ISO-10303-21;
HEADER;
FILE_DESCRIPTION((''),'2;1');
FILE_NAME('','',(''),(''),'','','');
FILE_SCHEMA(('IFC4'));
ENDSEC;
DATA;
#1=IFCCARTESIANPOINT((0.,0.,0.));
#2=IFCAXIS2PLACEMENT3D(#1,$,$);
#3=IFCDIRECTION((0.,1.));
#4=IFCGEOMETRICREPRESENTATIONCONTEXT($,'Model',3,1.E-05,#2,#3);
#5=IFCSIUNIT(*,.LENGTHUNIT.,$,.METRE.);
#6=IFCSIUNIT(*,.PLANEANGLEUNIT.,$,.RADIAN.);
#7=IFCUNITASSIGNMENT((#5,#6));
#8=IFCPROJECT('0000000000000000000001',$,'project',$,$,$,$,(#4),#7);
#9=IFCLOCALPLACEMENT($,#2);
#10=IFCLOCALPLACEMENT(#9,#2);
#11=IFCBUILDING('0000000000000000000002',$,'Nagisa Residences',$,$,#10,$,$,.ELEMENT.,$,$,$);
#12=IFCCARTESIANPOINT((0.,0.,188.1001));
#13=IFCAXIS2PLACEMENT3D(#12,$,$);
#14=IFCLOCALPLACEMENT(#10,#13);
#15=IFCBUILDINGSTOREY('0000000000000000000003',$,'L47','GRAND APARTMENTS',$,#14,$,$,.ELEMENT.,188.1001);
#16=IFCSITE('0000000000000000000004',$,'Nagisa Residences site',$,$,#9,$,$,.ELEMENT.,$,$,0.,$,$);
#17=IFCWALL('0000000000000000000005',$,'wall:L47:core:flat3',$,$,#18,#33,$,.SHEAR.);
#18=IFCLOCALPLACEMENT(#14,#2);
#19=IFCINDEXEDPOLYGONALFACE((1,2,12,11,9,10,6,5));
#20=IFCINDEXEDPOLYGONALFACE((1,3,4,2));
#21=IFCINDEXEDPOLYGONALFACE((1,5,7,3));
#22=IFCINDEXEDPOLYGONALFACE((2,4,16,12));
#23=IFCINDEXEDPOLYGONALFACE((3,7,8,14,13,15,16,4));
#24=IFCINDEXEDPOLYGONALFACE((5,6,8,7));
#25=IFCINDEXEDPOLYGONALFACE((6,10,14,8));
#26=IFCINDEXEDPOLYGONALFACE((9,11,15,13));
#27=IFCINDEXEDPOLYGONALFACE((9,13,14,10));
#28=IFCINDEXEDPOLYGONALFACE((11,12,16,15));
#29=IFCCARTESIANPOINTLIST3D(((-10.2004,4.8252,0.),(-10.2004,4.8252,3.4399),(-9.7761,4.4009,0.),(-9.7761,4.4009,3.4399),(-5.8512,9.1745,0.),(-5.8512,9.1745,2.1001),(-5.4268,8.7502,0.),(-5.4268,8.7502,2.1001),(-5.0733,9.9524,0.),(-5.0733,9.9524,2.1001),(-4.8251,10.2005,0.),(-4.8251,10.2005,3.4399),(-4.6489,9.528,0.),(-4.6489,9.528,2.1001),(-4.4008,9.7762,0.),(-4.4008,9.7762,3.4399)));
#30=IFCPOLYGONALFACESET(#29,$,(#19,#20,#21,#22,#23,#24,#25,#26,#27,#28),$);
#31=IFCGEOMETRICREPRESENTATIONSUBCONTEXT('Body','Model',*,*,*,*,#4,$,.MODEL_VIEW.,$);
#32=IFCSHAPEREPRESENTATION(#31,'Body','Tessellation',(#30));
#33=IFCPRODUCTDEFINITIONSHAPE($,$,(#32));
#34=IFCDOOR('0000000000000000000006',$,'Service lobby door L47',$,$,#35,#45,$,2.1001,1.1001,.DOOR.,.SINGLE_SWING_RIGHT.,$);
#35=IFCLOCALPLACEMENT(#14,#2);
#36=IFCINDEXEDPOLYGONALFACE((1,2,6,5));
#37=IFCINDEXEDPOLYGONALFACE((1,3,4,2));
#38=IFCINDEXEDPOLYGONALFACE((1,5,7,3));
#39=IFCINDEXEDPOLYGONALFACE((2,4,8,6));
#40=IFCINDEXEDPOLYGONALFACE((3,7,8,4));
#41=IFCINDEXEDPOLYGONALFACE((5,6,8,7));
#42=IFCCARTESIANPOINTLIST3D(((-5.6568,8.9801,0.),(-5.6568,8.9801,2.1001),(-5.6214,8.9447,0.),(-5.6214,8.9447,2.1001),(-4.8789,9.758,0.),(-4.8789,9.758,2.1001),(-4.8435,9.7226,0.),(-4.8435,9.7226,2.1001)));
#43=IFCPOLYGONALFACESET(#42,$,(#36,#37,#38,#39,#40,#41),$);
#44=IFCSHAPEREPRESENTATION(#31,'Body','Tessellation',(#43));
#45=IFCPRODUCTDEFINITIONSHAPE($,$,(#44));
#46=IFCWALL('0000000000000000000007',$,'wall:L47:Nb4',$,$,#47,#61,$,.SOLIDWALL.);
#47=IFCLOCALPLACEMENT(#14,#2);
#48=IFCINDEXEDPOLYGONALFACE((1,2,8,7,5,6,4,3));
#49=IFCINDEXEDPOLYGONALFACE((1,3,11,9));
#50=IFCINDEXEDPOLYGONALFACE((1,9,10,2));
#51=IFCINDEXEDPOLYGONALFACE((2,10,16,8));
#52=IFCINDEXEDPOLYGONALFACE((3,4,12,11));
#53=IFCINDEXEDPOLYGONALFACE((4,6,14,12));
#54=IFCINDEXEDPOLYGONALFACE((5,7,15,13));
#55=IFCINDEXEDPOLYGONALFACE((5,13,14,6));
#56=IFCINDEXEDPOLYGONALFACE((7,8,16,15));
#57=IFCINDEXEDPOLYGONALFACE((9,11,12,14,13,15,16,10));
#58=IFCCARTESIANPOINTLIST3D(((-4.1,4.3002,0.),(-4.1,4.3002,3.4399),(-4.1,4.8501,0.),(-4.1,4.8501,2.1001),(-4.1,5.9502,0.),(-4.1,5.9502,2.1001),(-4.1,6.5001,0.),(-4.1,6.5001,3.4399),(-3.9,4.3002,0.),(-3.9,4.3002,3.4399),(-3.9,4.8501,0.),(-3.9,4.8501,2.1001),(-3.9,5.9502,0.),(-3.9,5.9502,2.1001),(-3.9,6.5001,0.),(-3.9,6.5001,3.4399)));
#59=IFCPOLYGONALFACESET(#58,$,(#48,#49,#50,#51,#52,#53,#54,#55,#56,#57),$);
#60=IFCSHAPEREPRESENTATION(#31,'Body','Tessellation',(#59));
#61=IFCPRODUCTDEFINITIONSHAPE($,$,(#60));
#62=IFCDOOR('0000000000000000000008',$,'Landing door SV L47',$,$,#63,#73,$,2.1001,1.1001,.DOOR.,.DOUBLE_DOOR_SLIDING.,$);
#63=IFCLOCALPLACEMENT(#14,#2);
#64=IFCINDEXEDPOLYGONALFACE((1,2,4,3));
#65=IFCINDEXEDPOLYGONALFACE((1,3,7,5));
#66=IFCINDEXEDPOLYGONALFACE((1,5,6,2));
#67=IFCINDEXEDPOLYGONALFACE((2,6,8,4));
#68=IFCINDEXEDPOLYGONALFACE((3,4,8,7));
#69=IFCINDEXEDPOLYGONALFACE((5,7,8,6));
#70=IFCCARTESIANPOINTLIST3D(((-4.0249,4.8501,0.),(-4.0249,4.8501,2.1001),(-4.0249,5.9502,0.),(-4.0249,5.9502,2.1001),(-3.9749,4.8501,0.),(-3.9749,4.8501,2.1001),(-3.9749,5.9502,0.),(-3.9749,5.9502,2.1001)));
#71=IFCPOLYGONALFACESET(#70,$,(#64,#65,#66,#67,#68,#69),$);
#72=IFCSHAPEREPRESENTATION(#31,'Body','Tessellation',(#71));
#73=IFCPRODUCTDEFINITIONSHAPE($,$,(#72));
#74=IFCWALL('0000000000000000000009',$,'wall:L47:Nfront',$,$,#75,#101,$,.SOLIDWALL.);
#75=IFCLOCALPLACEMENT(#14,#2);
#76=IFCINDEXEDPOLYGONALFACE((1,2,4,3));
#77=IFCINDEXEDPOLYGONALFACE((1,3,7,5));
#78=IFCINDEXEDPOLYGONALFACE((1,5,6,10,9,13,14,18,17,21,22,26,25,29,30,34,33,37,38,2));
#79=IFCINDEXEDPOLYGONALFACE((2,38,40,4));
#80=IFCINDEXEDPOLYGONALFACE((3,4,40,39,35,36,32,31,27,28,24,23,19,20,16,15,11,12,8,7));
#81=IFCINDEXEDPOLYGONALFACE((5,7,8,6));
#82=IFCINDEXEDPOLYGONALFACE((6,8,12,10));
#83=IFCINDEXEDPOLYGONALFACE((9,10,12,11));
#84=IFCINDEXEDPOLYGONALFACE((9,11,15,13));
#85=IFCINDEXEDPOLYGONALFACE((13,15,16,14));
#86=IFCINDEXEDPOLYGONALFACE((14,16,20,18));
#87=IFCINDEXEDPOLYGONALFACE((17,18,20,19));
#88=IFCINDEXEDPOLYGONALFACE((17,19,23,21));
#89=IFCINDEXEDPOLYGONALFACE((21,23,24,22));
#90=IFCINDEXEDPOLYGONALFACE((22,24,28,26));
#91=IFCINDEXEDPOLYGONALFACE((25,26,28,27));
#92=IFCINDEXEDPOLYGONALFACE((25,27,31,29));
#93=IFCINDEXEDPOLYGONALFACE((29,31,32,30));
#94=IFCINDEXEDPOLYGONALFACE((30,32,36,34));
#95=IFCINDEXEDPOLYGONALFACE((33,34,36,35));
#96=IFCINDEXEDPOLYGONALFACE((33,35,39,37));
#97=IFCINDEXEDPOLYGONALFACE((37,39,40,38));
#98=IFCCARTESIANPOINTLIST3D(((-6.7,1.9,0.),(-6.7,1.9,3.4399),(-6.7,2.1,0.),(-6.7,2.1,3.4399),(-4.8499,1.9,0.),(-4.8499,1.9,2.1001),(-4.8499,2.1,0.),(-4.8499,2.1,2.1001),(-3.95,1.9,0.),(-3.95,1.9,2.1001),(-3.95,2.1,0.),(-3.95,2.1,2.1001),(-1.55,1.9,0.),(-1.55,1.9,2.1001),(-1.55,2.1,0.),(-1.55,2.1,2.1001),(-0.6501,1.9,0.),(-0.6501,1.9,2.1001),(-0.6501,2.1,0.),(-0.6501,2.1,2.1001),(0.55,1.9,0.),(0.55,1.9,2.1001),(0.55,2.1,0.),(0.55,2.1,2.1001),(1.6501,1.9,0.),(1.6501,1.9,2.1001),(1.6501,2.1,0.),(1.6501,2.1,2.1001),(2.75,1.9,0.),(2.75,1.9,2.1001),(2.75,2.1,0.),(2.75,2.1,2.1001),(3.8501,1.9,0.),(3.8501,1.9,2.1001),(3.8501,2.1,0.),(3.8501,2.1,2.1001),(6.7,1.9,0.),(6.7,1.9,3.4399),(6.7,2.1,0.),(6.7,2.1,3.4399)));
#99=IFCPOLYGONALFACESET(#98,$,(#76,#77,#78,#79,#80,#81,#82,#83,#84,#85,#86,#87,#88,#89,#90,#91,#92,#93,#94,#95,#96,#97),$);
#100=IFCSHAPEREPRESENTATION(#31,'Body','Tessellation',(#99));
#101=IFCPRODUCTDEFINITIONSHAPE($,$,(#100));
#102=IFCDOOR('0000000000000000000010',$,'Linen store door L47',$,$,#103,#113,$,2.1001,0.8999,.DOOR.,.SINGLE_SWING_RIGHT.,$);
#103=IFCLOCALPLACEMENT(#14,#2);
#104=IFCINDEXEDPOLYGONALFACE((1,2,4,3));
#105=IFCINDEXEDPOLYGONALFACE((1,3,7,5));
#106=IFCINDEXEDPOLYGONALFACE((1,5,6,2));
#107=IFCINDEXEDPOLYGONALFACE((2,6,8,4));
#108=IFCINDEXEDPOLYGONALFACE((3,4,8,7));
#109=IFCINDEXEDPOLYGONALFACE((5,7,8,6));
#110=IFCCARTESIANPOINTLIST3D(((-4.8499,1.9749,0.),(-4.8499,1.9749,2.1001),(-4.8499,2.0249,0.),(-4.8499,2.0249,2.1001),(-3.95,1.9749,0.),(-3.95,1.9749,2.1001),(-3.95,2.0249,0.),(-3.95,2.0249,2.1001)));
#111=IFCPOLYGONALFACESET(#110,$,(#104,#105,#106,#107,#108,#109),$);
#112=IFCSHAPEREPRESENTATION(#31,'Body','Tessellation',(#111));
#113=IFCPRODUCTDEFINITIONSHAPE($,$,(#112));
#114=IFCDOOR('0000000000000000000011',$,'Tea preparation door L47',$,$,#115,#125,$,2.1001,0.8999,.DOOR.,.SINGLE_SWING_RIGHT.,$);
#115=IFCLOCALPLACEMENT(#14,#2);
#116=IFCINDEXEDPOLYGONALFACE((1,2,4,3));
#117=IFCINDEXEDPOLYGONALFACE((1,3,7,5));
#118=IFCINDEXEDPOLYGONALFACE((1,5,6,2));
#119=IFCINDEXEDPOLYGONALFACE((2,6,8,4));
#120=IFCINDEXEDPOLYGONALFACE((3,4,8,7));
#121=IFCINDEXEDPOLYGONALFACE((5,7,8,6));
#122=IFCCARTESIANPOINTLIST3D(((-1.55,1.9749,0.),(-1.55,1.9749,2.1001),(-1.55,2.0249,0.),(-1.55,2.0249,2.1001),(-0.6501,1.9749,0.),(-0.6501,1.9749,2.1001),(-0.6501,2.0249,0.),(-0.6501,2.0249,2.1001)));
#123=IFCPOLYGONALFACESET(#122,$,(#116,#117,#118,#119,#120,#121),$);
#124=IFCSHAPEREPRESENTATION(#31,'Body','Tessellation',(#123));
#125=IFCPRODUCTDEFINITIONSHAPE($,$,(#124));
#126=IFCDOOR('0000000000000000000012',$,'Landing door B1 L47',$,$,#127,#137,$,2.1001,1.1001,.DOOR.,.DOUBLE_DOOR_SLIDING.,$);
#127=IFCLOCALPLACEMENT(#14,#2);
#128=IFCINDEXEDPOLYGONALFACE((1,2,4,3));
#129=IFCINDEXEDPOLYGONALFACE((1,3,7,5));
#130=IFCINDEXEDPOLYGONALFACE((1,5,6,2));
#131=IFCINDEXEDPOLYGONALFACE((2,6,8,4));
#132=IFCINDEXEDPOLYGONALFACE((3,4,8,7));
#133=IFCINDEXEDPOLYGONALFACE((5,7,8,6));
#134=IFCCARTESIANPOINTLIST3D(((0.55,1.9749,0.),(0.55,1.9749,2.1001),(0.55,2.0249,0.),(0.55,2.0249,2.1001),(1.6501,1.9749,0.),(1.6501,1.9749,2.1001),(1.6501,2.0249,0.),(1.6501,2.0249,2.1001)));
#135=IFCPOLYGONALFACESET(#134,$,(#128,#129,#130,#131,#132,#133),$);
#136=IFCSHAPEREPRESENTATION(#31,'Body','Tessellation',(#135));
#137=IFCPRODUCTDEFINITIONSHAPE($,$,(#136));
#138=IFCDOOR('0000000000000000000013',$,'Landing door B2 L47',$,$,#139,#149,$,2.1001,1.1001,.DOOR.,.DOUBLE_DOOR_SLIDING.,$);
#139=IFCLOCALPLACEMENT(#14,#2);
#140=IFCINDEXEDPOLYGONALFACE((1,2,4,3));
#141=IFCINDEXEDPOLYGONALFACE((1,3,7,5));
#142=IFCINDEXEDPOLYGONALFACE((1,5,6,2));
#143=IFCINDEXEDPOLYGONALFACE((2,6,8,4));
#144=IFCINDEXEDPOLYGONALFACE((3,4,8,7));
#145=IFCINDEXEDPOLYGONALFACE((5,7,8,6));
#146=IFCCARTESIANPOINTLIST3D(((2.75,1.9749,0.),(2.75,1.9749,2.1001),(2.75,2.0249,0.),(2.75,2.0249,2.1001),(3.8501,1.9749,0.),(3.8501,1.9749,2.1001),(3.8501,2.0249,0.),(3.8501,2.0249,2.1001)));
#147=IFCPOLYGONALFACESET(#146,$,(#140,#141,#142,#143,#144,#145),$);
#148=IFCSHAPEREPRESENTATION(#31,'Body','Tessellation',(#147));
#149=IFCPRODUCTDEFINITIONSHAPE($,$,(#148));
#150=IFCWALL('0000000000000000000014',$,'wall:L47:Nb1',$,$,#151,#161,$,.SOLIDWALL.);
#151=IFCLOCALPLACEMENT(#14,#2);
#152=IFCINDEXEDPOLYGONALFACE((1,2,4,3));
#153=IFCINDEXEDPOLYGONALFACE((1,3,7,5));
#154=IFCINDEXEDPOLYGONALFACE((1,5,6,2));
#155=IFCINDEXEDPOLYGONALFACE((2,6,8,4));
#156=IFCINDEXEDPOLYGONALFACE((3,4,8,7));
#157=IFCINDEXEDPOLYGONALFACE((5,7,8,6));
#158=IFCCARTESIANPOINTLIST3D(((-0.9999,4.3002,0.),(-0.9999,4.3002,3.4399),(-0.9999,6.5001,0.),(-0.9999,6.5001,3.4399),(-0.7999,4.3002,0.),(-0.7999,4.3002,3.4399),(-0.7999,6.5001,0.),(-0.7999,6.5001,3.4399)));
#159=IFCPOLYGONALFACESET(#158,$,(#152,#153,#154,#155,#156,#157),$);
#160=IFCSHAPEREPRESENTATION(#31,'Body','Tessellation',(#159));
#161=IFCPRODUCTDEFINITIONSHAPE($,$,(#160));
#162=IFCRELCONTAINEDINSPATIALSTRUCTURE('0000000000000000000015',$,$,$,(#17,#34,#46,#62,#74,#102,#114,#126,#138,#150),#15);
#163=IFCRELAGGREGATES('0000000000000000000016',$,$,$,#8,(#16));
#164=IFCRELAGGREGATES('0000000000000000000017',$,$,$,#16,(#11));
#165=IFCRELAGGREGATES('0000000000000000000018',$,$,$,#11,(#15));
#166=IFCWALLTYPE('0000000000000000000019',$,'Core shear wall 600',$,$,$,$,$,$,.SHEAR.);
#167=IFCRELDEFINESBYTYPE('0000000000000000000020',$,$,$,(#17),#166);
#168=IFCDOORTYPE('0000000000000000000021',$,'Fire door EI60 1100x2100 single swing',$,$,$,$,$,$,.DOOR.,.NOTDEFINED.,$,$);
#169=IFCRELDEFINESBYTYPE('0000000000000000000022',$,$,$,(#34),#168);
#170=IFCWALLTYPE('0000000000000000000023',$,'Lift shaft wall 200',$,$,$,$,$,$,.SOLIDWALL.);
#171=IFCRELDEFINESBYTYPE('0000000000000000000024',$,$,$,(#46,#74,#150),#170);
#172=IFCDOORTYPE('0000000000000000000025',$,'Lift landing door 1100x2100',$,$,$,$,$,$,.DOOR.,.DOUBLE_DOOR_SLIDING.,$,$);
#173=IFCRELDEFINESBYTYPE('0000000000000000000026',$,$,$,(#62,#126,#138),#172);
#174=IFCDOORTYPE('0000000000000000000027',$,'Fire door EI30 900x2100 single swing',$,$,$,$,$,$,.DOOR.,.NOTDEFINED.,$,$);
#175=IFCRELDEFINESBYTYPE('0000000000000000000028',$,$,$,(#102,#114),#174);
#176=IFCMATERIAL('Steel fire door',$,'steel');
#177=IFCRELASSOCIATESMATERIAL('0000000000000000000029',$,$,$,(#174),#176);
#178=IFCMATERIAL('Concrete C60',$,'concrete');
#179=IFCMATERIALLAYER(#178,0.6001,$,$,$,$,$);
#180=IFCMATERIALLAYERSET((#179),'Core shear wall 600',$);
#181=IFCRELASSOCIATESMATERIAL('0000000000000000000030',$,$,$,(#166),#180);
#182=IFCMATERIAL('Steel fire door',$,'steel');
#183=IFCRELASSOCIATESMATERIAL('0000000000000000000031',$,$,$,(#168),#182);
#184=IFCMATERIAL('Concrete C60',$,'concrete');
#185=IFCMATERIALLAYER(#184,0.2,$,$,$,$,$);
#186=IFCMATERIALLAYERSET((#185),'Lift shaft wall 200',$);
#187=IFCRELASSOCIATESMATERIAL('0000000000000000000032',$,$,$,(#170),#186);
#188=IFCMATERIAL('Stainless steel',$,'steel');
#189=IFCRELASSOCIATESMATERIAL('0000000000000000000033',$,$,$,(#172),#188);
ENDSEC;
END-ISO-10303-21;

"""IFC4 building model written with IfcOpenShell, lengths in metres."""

from ifc_helpers import new_model, si_unit, direction, frame, frame_2d, origin, place, context, subcontext, project, spatial, rectangle, extrude, material, layer, layer_set, type_object, element, fill, save


model = new_model("IFC4")

# Units and contexts
model_context = context("Model", 3, precision=1e-05, world=origin(), true_north=direction((0.0, 1.0)))
body_context = subcontext(model_context, "Body", "Model", "MODEL_VIEW")
ifc_project = project(units=[si_unit("LENGTHUNIT", "METRE"), si_unit("PLANEANGLEUNIT", "RADIAN")], contexts=[model_context])

# Site, building, storey
site_placement = place(None, origin())
site = spatial("IfcSite", under=ifc_project, at=site_placement, Name="Nagisa Residences site", CompositionType="ELEMENT", RefElevation=0.0)
building_placement = place(site_placement, origin())
building = spatial("IfcBuilding", under=site, at=building_placement, Name="Nagisa Residences", CompositionType="ELEMENT")
storey_placement = place(building_placement, frame((0.0, 0.0, 188.1001)))
storey = spatial("IfcBuildingStorey", under=building, at=storey_placement, Name="L47", Description="GRAND APARTMENTS", CompositionType="ELEMENT", Elevation=188.1001)

# Shared definitions
ifc_material_1 = material(Name="Steel fire door", Category="steel")
door_type_1 = type_object("IfcDoorType", Name="Fire door EI30 900x2100 single swing", OperationType="NOTDEFINED", PredefinedType="DOOR", material=ifc_material_1)

# Walls, openings, doors
ifc_material_2 = material(Name="Concrete C60", Category="concrete")
ifc_layer_1 = layer(ifc_material_2, 0.6001)
ifc_layer_set_1 = layer_set([ifc_layer_1], Name="Core shear wall 600")
wall_type_1 = type_object("IfcWallType", Name="Core shear wall 600", PredefinedType="SHEAR", material=ifc_layer_set_1)
wall_1_placement = place(storey_placement, frame((-4.613, 9.9883, 0.0), z_axis=(0.0, 0.0, 1.0), x_axis=(-0.707107, -0.707107, 0.0)))
wall_1 = element("IfcWall", 1, at=wall_1_placement, inside=storey, type_object=wall_type_1, Name="wall:L47:core:flat3", PredefinedType="SHEAR", context=body_context, shape_type="SweptSolid", body=[
    extrude(rectangle(XDim=7.6018, YDim=0.6001, at=frame_2d((3.8008, 0.0))), origin(), (0.0, 0.0, 1.0), 3.4399),
])
opening_1_placement = place(wall_1_placement, frame((0.3508, 0.0, 0.0)))
opening_1 = element("IfcOpeningElement", 2, at=opening_1_placement, cuts=wall_1, PredefinedType="OPENING", context=body_context, shape_type="SweptSolid", body=[
    extrude(rectangle(XDim=1.1001, YDim=2.1001, at=frame_2d((0.55, 1.05))), frame((0.0, 0.3101, 0.0), z_axis=(0.0, -1.0, 0.0), x_axis=(1.0, 0.0, 0.0)), (0.0, 0.0, 1.0), 0.6201),
])
ifc_material_3 = material(Name="Steel fire door", Category="steel")
door_type_2 = type_object("IfcDoorType", Name="Fire door EI60 1100x2100 single swing", OperationType="NOTDEFINED", PredefinedType="DOOR", material=ifc_material_3)
door_1_placement = place(opening_1_placement, origin())
door_1 = element("IfcDoor", 3, at=door_1_placement, inside=storey, type_object=door_type_2, Name="Service lobby door L47", OperationType="SINGLE_SWING_RIGHT", OverallHeight=2.1001, OverallWidth=1.1001, PredefinedType="DOOR", context=body_context, shape_type="SweptSolid", body=[
    extrude(rectangle(XDim=1.1001, YDim=2.1001, at=frame_2d((0.55, 1.05))), frame((0.0, 0.0249, 0.0), z_axis=(0.0, -1.0, 0.0), x_axis=(1.0, 0.0, 0.0)), (0.0, 0.0, 1.0), 0.05),
])
fill(opening_1, door_1)
ifc_material_4 = material(Name="Concrete C60", Category="concrete")
ifc_layer_2 = layer(ifc_material_4, 0.2)
ifc_layer_set_2 = layer_set([ifc_layer_2], Name="Lift shaft wall 200")
wall_type_2 = type_object("IfcWallType", Name="Lift shaft wall 200", PredefinedType="SOLIDWALL", material=ifc_layer_set_2)
wall_2_placement = place(storey_placement, frame((-4.0, 4.3, 0.0), z_axis=(0.0, 0.0, 1.0), x_axis=(0.0, 1.0, 0.0)))
wall_2 = element("IfcWall", 4, at=wall_2_placement, inside=storey, type_object=wall_type_2, Name="wall:L47:Nb4", PredefinedType="SOLIDWALL", context=body_context, shape_type="SweptSolid", body=[
    extrude(rectangle(XDim=2.2, YDim=0.2, at=frame_2d((1.1001, 0.0))), origin(), (0.0, 0.0, 1.0), 3.4399),
])
opening_2_placement = place(wall_2_placement, frame((0.55, 0.0, 0.0)))
opening_2 = element("IfcOpeningElement", 5, at=opening_2_placement, cuts=wall_2, PredefinedType="OPENING", context=body_context, shape_type="SweptSolid", body=[
    extrude(rectangle(XDim=1.1001, YDim=2.1001, at=frame_2d((0.55, 1.05))), frame((0.0, 0.1099, 0.0), z_axis=(0.0, -1.0, 0.0), x_axis=(1.0, 0.0, 0.0)), (0.0, 0.0, 1.0), 0.22),
])
ifc_material_5 = material(Name="Stainless steel", Category="steel")
door_type_3 = type_object("IfcDoorType", Name="Lift landing door 1100x2100", OperationType="DOUBLE_DOOR_SLIDING", PredefinedType="DOOR", material=ifc_material_5)
door_2_placement = place(opening_2_placement, origin())
door_2 = element("IfcDoor", 6, at=door_2_placement, inside=storey, type_object=door_type_3, Name="Landing door SV L47", OperationType="DOUBLE_DOOR_SLIDING", OverallHeight=2.1001, OverallWidth=1.1001, PredefinedType="DOOR", context=body_context, shape_type="SweptSolid", body=[
    extrude(rectangle(XDim=1.1001, YDim=2.1001, at=frame_2d((0.55, 1.05))), frame((0.0, 0.0249, 0.0), z_axis=(0.0, -1.0, 0.0), x_axis=(1.0, 0.0, 0.0)), (0.0, 0.0, 1.0), 0.05),
])
fill(opening_2, door_2)

# Wall, openings, doors
wall_3_placement = place(storey_placement, frame((-6.7, 2.0, 0.0), z_axis=(0.0, 0.0, 1.0), x_axis=(1.0, 0.0, 0.0)))
wall_3 = element("IfcWall", 7, at=wall_3_placement, inside=storey, type_object=wall_type_2, Name="wall:L47:Nfront", PredefinedType="SOLIDWALL", context=body_context, shape_type="SweptSolid", body=[
    extrude(rectangle(XDim=13.3999, YDim=0.2, at=frame_2d((6.7, 0.0))), origin(), (0.0, 0.0, 1.0), 3.4399),
])
opening_3_placement = place(wall_3_placement, frame((7.25, 0.0, 0.0)))
opening_3 = element("IfcOpeningElement", 8, at=opening_3_placement, cuts=wall_3, PredefinedType="OPENING", context=body_context, shape_type="SweptSolid", body=[
    extrude(rectangle(XDim=1.1001, YDim=2.1001, at=frame_2d((0.55, 1.05))), frame((0.0, 0.1099, 0.0), z_axis=(0.0, -1.0, 0.0), x_axis=(1.0, 0.0, 0.0)), (0.0, 0.0, 1.0), 0.22),
])
opening_4_placement = place(wall_3_placement, frame((9.45, 0.0, 0.0)))
opening_4 = element("IfcOpeningElement", 9, at=opening_4_placement, cuts=wall_3, PredefinedType="OPENING", context=body_context, shape_type="SweptSolid", body=[
    extrude(rectangle(XDim=1.1001, YDim=2.1001, at=frame_2d((0.55, 1.05))), frame((0.0, 0.1099, 0.0), z_axis=(0.0, -1.0, 0.0), x_axis=(1.0, 0.0, 0.0)), (0.0, 0.0, 1.0), 0.22),
])
opening_5_placement = place(wall_3_placement, frame((1.8501, 0.0, 0.0)))
opening_5 = element("IfcOpeningElement", 10, at=opening_5_placement, cuts=wall_3, PredefinedType="OPENING", context=body_context, shape_type="SweptSolid", body=[
    extrude(rectangle(XDim=0.8999, YDim=2.1001, at=frame_2d((0.45, 1.05))), frame((0.0, 0.1099, 0.0), z_axis=(0.0, -1.0, 0.0), x_axis=(1.0, 0.0, 0.0)), (0.0, 0.0, 1.0), 0.22),
])
opening_6_placement = place(wall_3_placement, frame((5.1499, 0.0, 0.0)))
opening_6 = element("IfcOpeningElement", 11, at=opening_6_placement, cuts=wall_3, PredefinedType="OPENING", context=body_context, shape_type="SweptSolid", body=[
    extrude(rectangle(XDim=0.8999, YDim=2.1001, at=frame_2d((0.45, 1.05))), frame((0.0, 0.1099, 0.0), z_axis=(0.0, -1.0, 0.0), x_axis=(1.0, 0.0, 0.0)), (0.0, 0.0, 1.0), 0.22),
])
door_3_placement = place(opening_5_placement, origin())
door_3 = element("IfcDoor", 12, at=door_3_placement, inside=storey, type_object=door_type_1, Name="Linen store door L47", OperationType="SINGLE_SWING_RIGHT", OverallHeight=2.1001, OverallWidth=0.8999, PredefinedType="DOOR", context=body_context, shape_type="SweptSolid", body=[
    extrude(rectangle(XDim=0.8999, YDim=2.1001, at=frame_2d((0.45, 1.05))), frame((0.0, 0.0249, 0.0), z_axis=(0.0, -1.0, 0.0), x_axis=(1.0, 0.0, 0.0)), (0.0, 0.0, 1.0), 0.05),
])
fill(opening_5, door_3)
door_4_placement = place(opening_6_placement, origin())
door_4 = element("IfcDoor", 13, at=door_4_placement, inside=storey, type_object=door_type_1, Name="Tea preparation door L47", OperationType="SINGLE_SWING_RIGHT", OverallHeight=2.1001, OverallWidth=0.8999, PredefinedType="DOOR", context=body_context, shape_type="SweptSolid", body=[
    extrude(rectangle(XDim=0.8999, YDim=2.1001, at=frame_2d((0.45, 1.05))), frame((0.0, 0.0249, 0.0), z_axis=(0.0, -1.0, 0.0), x_axis=(1.0, 0.0, 0.0)), (0.0, 0.0, 1.0), 0.05),
])
fill(opening_6, door_4)
door_5_placement = place(opening_3_placement, origin())
door_5 = element("IfcDoor", 14, at=door_5_placement, inside=storey, type_object=door_type_3, Name="Landing door B1 L47", OperationType="DOUBLE_DOOR_SLIDING", OverallHeight=2.1001, OverallWidth=1.1001, PredefinedType="DOOR", context=body_context, shape_type="SweptSolid", body=[
    extrude(rectangle(XDim=1.1001, YDim=2.1001, at=frame_2d((0.55, 1.05))), frame((0.0, 0.0249, 0.0), z_axis=(0.0, -1.0, 0.0), x_axis=(1.0, 0.0, 0.0)), (0.0, 0.0, 1.0), 0.05),
])
fill(opening_3, door_5)
door_6_placement = place(opening_4_placement, origin())
door_6 = element("IfcDoor", 15, at=door_6_placement, inside=storey, type_object=door_type_3, Name="Landing door B2 L47", OperationType="DOUBLE_DOOR_SLIDING", OverallHeight=2.1001, OverallWidth=1.1001, PredefinedType="DOOR", context=body_context, shape_type="SweptSolid", body=[
    extrude(rectangle(XDim=1.1001, YDim=2.1001, at=frame_2d((0.55, 1.05))), frame((0.0, 0.0249, 0.0), z_axis=(0.0, -1.0, 0.0), x_axis=(1.0, 0.0, 0.0)), (0.0, 0.0, 1.0), 0.05),
])
fill(opening_4, door_6)

# Wall
for number, where, z_axis, x_axis, name in (
    (16, (-0.8999, 4.3, 0.0), (0.0, 0.0, 1.0), (0.0, 1.0, 0.0), "wall:L47:Nb1"),
):
    element("IfcWall", number, at=place(storey_placement, frame(where, z_axis=z_axis, x_axis=x_axis)), inside=storey, type_object=wall_type_2, Name=name, PredefinedType="SOLIDWALL", context=body_context, shape_type="SweptSolid", body=[
        extrude(rectangle(XDim=2.2, YDim=0.2, at=frame_2d((1.1001, 0.0))), origin(), (0.0, 0.0, 1.0), 3.4399),
    ])

save(model, "model.ifc")
